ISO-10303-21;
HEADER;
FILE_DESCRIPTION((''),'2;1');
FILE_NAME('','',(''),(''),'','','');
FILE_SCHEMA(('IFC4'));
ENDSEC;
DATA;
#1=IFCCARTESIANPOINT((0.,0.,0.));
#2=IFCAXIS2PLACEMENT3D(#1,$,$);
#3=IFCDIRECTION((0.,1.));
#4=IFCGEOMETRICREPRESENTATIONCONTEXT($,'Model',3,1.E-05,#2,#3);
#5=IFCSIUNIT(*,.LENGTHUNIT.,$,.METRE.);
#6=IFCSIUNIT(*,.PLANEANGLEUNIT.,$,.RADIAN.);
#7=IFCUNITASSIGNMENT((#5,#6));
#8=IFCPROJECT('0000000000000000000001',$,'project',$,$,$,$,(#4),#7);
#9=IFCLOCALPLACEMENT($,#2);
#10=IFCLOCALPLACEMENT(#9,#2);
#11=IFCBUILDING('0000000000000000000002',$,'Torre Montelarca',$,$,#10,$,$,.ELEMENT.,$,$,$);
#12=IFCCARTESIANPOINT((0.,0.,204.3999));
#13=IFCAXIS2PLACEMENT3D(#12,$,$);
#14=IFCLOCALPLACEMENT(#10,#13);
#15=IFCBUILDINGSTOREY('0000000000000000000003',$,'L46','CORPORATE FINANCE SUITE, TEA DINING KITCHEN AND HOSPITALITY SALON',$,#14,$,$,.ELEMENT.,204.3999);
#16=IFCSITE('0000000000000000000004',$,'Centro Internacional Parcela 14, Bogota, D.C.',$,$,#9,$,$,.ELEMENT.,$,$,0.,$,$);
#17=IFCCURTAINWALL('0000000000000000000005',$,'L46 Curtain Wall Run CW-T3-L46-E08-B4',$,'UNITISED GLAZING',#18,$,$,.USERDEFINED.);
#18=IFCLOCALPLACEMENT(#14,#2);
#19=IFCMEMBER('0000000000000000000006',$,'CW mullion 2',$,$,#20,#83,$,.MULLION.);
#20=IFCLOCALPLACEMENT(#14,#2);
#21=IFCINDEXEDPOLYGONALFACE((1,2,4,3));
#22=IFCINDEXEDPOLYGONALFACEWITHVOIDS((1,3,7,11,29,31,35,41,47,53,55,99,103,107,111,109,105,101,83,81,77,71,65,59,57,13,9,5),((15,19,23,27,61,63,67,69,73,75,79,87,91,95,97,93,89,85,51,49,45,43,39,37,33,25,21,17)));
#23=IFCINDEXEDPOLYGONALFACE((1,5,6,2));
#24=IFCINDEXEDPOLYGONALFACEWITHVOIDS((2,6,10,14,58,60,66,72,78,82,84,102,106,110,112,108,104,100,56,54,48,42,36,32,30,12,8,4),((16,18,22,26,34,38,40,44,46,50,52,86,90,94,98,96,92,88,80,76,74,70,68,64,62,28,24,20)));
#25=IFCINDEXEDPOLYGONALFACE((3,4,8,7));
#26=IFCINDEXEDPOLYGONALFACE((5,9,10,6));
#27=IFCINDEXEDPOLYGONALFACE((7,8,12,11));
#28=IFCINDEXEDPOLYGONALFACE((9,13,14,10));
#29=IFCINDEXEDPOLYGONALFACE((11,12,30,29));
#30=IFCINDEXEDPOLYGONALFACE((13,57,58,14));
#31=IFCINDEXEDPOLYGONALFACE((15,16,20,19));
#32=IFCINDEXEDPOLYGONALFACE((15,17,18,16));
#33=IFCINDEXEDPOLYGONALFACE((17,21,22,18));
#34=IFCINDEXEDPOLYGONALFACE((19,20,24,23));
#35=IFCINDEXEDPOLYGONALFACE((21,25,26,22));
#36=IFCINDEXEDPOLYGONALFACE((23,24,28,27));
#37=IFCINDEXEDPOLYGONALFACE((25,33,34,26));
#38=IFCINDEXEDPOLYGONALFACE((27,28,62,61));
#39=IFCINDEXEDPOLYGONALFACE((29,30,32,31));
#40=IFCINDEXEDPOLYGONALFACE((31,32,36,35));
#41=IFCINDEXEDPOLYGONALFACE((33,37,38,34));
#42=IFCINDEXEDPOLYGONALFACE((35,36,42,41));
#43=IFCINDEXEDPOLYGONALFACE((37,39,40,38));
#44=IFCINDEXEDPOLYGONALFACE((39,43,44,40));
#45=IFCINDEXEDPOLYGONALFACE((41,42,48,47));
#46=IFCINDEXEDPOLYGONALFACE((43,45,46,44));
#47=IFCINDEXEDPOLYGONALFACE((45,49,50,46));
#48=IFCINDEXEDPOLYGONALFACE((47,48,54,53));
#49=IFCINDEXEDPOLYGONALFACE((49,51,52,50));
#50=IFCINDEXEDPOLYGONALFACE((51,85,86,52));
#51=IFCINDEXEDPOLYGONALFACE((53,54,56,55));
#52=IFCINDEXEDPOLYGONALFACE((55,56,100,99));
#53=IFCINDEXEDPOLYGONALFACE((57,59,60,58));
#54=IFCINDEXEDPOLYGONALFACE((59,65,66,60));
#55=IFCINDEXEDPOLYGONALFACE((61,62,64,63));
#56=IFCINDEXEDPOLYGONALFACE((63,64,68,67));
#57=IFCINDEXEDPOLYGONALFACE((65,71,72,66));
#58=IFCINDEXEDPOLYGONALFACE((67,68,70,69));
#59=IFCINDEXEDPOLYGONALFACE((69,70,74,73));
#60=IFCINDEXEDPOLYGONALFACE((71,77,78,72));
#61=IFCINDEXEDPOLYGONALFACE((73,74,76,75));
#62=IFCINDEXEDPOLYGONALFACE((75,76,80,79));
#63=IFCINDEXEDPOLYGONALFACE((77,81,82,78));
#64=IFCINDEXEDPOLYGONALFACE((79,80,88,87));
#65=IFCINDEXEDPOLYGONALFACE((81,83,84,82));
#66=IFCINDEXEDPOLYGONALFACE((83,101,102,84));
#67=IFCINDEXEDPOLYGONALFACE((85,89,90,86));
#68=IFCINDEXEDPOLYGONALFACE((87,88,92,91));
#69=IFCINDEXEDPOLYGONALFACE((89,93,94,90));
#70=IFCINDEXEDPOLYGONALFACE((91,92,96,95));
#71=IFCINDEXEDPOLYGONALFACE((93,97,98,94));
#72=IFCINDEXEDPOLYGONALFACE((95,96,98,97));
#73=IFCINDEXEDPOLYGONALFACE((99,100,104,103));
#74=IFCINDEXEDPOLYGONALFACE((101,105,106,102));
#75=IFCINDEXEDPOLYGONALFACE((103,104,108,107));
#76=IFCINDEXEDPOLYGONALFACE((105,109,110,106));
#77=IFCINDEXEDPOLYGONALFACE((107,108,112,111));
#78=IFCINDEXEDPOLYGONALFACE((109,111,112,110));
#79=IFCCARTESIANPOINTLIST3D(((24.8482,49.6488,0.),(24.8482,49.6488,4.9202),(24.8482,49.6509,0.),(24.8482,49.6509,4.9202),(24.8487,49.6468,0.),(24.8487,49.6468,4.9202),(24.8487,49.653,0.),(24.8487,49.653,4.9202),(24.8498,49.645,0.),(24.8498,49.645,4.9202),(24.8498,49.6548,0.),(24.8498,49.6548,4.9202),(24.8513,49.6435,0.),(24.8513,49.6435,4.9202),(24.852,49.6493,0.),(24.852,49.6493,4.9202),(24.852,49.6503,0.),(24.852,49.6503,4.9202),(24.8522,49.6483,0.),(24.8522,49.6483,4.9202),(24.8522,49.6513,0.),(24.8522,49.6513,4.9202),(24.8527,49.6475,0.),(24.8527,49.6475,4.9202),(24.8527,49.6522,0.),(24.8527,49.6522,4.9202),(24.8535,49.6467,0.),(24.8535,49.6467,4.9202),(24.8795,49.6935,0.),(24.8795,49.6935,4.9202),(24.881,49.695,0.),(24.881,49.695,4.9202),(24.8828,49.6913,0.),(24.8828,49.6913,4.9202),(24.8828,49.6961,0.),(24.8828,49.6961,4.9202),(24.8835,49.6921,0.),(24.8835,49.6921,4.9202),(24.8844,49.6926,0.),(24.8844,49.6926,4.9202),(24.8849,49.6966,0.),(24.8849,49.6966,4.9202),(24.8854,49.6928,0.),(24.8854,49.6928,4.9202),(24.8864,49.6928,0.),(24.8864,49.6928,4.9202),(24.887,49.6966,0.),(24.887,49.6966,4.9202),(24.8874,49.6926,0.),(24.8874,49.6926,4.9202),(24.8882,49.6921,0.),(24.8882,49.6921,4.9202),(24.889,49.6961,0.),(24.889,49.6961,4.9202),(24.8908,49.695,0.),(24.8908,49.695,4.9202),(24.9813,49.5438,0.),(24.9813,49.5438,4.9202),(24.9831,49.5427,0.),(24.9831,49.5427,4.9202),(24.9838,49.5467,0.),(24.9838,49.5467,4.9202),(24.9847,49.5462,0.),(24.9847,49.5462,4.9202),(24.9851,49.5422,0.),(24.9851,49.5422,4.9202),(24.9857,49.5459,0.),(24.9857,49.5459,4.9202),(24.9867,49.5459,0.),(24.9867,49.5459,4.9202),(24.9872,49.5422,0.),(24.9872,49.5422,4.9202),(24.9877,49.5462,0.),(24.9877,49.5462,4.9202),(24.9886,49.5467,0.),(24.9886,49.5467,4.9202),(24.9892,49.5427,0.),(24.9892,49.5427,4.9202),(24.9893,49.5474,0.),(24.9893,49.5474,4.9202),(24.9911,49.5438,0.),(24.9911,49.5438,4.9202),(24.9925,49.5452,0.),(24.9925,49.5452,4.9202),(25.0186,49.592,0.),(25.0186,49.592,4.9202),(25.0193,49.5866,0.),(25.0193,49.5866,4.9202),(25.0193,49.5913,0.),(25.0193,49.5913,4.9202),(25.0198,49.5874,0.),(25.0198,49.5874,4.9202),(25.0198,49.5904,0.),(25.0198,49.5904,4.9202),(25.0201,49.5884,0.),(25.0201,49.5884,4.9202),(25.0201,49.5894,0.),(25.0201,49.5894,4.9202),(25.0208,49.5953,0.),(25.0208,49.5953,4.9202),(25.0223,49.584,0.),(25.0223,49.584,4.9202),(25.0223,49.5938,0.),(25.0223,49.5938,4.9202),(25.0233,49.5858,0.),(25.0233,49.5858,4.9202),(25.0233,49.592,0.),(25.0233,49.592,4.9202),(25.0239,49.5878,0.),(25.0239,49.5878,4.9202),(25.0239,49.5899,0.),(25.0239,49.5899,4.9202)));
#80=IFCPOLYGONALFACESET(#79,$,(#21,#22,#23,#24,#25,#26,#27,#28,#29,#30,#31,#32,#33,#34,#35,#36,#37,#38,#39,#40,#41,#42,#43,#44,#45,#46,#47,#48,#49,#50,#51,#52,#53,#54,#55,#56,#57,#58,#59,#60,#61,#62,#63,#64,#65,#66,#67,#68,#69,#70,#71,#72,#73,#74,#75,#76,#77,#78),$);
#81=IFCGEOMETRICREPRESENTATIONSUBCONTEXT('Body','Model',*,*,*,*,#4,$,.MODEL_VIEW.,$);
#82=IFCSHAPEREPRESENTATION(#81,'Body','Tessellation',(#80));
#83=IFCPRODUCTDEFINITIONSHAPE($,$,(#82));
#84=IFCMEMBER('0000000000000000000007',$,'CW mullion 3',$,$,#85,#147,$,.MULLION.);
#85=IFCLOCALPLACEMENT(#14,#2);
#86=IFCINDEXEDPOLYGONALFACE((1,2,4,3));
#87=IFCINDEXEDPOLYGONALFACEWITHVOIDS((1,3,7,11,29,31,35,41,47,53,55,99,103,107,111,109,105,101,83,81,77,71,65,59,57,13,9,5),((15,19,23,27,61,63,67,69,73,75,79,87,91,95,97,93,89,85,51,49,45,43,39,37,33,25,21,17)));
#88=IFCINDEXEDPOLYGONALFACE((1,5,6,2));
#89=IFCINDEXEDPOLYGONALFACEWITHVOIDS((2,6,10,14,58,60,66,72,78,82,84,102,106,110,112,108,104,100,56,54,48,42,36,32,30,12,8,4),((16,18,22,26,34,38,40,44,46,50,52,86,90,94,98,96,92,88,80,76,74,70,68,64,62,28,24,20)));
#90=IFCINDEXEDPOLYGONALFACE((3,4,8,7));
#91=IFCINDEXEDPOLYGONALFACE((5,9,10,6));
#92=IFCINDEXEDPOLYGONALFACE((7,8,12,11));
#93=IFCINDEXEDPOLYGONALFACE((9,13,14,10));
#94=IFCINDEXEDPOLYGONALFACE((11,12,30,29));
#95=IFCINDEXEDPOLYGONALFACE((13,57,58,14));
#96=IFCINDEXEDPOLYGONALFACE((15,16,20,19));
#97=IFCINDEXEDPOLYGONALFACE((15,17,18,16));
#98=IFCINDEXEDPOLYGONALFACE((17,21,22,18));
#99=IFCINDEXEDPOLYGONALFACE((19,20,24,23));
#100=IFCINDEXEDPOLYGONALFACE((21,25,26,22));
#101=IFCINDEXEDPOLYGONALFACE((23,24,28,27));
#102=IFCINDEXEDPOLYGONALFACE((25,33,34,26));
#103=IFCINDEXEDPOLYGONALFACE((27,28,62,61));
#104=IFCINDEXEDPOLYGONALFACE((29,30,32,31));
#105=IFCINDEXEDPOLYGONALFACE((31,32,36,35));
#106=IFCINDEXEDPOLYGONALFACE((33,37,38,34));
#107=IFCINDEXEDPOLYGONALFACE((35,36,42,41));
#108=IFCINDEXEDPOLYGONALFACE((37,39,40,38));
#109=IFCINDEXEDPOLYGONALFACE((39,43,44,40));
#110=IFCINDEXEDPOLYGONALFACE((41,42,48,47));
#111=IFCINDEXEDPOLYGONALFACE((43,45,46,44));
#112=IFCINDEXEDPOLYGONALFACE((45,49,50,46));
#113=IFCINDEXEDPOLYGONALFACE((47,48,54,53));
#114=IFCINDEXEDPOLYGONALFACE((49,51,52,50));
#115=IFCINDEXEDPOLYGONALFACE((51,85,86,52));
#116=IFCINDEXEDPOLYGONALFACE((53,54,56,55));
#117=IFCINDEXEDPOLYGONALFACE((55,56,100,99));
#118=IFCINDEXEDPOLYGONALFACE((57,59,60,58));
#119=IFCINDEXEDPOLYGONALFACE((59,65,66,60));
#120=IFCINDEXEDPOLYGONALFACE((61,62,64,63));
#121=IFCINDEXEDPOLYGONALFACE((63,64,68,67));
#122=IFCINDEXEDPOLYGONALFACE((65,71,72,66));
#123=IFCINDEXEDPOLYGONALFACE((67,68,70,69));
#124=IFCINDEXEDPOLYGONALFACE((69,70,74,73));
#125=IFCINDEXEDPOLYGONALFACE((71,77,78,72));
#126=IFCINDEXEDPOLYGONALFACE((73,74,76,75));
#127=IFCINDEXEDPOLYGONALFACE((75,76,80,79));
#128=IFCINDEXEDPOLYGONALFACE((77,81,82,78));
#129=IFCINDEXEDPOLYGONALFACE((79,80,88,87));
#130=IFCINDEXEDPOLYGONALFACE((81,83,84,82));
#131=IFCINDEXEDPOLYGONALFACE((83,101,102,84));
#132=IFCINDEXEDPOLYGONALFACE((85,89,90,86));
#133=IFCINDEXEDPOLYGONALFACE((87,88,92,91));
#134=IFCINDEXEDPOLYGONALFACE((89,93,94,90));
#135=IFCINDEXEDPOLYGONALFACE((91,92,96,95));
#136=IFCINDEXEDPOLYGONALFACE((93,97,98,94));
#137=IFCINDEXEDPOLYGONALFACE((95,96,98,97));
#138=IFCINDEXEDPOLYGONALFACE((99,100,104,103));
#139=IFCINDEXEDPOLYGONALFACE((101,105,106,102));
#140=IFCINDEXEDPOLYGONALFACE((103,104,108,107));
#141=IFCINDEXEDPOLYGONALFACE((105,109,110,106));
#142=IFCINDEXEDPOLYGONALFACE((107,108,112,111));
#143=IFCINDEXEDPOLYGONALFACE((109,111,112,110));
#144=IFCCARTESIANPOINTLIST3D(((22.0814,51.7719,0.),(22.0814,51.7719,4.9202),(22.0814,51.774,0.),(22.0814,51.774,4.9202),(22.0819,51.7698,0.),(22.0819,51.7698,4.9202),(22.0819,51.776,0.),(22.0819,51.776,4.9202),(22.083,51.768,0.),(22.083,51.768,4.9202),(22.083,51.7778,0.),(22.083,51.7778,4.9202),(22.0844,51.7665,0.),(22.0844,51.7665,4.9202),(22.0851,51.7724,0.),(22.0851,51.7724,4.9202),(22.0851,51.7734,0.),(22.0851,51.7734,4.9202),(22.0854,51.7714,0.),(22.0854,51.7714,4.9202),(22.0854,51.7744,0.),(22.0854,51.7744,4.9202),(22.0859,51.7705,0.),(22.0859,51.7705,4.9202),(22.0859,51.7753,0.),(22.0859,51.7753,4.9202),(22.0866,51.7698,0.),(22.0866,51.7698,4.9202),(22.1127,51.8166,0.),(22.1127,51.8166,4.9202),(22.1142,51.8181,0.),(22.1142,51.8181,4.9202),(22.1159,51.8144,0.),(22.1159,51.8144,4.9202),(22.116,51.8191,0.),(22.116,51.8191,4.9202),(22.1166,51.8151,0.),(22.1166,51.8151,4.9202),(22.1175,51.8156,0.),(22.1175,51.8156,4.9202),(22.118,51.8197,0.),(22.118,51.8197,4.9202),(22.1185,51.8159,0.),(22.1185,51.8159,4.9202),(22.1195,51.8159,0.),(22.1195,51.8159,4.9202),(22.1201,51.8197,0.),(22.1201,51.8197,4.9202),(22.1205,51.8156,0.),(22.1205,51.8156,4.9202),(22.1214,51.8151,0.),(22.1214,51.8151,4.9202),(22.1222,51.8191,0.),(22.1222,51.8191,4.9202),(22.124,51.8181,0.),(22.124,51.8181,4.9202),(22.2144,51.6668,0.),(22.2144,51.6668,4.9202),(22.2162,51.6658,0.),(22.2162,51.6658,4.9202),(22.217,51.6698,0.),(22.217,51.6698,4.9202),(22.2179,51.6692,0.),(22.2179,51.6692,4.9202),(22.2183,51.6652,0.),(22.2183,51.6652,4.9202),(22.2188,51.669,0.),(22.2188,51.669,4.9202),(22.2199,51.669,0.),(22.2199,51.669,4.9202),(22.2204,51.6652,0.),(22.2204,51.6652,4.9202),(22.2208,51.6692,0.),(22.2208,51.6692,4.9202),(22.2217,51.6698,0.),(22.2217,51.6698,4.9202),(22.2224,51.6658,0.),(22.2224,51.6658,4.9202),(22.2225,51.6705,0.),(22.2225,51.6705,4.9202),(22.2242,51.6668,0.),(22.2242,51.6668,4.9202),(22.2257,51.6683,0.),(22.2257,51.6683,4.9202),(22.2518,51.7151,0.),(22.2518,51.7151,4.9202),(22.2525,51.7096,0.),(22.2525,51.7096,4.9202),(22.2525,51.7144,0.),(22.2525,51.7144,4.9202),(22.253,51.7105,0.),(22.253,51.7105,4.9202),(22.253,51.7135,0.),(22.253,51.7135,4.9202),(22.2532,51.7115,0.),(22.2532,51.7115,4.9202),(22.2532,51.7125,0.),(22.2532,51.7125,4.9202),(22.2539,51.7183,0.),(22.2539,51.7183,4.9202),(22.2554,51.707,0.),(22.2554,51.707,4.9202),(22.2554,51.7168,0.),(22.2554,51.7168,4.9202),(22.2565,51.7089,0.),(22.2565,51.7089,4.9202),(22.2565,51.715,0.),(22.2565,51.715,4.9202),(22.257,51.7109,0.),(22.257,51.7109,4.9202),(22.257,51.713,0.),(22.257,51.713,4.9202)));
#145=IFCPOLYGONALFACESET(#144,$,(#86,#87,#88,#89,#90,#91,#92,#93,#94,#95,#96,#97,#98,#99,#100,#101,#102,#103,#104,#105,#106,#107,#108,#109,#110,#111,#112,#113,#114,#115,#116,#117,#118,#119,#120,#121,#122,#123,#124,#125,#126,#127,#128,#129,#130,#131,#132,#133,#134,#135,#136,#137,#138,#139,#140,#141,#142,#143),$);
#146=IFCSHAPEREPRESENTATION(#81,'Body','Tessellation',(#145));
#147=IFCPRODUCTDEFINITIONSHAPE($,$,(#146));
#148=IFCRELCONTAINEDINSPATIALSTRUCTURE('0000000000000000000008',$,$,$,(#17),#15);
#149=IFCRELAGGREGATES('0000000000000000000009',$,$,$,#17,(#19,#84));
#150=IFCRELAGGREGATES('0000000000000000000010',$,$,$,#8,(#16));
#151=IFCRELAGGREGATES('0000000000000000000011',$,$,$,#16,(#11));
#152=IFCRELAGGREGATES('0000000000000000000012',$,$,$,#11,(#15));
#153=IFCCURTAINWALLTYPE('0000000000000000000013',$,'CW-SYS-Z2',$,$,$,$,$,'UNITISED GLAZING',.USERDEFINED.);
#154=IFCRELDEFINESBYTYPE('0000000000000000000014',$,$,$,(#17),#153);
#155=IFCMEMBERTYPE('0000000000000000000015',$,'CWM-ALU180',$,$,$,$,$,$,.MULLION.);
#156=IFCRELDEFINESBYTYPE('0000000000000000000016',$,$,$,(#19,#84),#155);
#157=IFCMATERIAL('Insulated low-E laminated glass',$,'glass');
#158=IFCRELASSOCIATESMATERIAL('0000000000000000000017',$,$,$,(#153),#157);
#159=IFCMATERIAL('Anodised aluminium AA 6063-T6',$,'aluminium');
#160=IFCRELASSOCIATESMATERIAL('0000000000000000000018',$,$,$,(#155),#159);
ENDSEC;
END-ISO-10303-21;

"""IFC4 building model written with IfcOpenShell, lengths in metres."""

from ifc_helpers import new_model, si_unit, direction, frame, origin, origin_2d, place, context, subcontext, project, spatial, hollow_rectangle, extrude, source, transform, mapped, material, material_profile, profile_set, type_object, element, aggregate, save


model = new_model("IFC4")

# Units and contexts
model_context = context("Model", 3, precision=1e-05, world=origin(), true_north=direction((0.0, 1.0)))
body_context = subcontext(model_context, "Body", "Model", "MODEL_VIEW")
ifc_project = project(units=[si_unit("LENGTHUNIT", "METRE"), si_unit("PLANEANGLEUNIT", "RADIAN")], contexts=[model_context])

# Site, building, storey
site_placement = place(None, origin())
site = spatial("IfcSite", under=ifc_project, at=site_placement, Name="Centro Internacional Parcela 14, Bogota, D.C.", CompositionType="ELEMENT", RefElevation=0.0)
building_placement = place(site_placement, origin())
building = spatial("IfcBuilding", under=site, at=building_placement, Name="Torre Montelarca", CompositionType="ELEMENT")
storey_placement = place(building_placement, frame((0.0, 0.0, 204.3999)))
storey = spatial("IfcBuildingStorey", under=building, at=storey_placement, Name="L46", Description="CORPORATE FINANCE SUITE, TEA DINING KITCHEN AND HOSPITALITY SALON", CompositionType="ELEMENT", Elevation=204.3999)

# Shared definitions
ifc_material_1 = material(Name="Insulated low-E laminated glass", Category="glass")
curtain_wall_type = type_object("IfcCurtainWallType", Name="CW-SYS-Z2", ElementType="UNITISED GLAZING", PredefinedType="USERDEFINED", material=ifc_material_1)
ifc_material_2 = material(Name="Anodised aluminium AA 6063-T6", Category="aluminium")
ifc_material_profile_1 = material_profile(ifc_material_2, hollow_rectangle(XDim=0.0649, YDim=0.1799, WallThickness=0.0039, InnerFilletRadius=0.0039, OuterFilletRadius=0.0081, at=origin_2d()), Name="ALU65X180X4", Category="aluminium")
ifc_profile_set_1 = profile_set([ifc_material_profile_1], Name="Anodised aluminium AA 6063-T6")
member_type_1 = type_object("IfcMemberType", Name="CWM-ALU180", PredefinedType="MULLION", material=ifc_profile_set_1)
shared_shape_1 = source(origin(), body_context, "Body", "SweptSolid", [
    extrude(hollow_rectangle(XDim=0.0649, YDim=0.1799, WallThickness=0.0039, InnerFilletRadius=0.0039, OuterFilletRadius=0.0081, at=origin_2d()), origin(), (0.0, 0.0, 1.0), 4.9202),
])

# Curtain wall, members
curtain_wall_1_placement = place(storey_placement, origin())
curtain_wall_1 = element("IfcCurtainWall", 1, at=curtain_wall_1_placement, inside=storey, type_object=curtain_wall_type, Name="L46 Curtain Wall Run CW-T3-L46-E08-B4", ObjectType="UNITISED GLAZING", PredefinedType="USERDEFINED")
member_1_placement = place(storey_placement, frame((24.936, 49.6194, 0.0), z_axis=(0.0, 0.0, 1.0), x_axis=(-0.608764, -0.793352, 0.0)))
member_1 = element("IfcMember", 2, at=member_1_placement, type_object=member_type_1, Name="CW mullion 2", PredefinedType="MULLION", context=body_context, shape_type="MappedRepresentation", body=[
    mapped(shared_shape_1, transform((0.0, 0.0, 0.0), scale=1.0)),
])
member_2_placement = place(storey_placement, frame((22.1692, 51.7424, 0.0), z_axis=(0.0, 0.0, 1.0), x_axis=(-0.608764, -0.793352, 0.0)))
member_2 = element("IfcMember", 3, at=member_2_placement, type_object=member_type_1, Name="CW mullion 3", PredefinedType="MULLION", context=body_context, shape_type="MappedRepresentation", body=[
    mapped(shared_shape_1, transform((0.0, 0.0, 0.0), scale=1.0)),
])

aggregate(curtain_wall_1, [member_1, member_2])

save(model, "model.ifc")
